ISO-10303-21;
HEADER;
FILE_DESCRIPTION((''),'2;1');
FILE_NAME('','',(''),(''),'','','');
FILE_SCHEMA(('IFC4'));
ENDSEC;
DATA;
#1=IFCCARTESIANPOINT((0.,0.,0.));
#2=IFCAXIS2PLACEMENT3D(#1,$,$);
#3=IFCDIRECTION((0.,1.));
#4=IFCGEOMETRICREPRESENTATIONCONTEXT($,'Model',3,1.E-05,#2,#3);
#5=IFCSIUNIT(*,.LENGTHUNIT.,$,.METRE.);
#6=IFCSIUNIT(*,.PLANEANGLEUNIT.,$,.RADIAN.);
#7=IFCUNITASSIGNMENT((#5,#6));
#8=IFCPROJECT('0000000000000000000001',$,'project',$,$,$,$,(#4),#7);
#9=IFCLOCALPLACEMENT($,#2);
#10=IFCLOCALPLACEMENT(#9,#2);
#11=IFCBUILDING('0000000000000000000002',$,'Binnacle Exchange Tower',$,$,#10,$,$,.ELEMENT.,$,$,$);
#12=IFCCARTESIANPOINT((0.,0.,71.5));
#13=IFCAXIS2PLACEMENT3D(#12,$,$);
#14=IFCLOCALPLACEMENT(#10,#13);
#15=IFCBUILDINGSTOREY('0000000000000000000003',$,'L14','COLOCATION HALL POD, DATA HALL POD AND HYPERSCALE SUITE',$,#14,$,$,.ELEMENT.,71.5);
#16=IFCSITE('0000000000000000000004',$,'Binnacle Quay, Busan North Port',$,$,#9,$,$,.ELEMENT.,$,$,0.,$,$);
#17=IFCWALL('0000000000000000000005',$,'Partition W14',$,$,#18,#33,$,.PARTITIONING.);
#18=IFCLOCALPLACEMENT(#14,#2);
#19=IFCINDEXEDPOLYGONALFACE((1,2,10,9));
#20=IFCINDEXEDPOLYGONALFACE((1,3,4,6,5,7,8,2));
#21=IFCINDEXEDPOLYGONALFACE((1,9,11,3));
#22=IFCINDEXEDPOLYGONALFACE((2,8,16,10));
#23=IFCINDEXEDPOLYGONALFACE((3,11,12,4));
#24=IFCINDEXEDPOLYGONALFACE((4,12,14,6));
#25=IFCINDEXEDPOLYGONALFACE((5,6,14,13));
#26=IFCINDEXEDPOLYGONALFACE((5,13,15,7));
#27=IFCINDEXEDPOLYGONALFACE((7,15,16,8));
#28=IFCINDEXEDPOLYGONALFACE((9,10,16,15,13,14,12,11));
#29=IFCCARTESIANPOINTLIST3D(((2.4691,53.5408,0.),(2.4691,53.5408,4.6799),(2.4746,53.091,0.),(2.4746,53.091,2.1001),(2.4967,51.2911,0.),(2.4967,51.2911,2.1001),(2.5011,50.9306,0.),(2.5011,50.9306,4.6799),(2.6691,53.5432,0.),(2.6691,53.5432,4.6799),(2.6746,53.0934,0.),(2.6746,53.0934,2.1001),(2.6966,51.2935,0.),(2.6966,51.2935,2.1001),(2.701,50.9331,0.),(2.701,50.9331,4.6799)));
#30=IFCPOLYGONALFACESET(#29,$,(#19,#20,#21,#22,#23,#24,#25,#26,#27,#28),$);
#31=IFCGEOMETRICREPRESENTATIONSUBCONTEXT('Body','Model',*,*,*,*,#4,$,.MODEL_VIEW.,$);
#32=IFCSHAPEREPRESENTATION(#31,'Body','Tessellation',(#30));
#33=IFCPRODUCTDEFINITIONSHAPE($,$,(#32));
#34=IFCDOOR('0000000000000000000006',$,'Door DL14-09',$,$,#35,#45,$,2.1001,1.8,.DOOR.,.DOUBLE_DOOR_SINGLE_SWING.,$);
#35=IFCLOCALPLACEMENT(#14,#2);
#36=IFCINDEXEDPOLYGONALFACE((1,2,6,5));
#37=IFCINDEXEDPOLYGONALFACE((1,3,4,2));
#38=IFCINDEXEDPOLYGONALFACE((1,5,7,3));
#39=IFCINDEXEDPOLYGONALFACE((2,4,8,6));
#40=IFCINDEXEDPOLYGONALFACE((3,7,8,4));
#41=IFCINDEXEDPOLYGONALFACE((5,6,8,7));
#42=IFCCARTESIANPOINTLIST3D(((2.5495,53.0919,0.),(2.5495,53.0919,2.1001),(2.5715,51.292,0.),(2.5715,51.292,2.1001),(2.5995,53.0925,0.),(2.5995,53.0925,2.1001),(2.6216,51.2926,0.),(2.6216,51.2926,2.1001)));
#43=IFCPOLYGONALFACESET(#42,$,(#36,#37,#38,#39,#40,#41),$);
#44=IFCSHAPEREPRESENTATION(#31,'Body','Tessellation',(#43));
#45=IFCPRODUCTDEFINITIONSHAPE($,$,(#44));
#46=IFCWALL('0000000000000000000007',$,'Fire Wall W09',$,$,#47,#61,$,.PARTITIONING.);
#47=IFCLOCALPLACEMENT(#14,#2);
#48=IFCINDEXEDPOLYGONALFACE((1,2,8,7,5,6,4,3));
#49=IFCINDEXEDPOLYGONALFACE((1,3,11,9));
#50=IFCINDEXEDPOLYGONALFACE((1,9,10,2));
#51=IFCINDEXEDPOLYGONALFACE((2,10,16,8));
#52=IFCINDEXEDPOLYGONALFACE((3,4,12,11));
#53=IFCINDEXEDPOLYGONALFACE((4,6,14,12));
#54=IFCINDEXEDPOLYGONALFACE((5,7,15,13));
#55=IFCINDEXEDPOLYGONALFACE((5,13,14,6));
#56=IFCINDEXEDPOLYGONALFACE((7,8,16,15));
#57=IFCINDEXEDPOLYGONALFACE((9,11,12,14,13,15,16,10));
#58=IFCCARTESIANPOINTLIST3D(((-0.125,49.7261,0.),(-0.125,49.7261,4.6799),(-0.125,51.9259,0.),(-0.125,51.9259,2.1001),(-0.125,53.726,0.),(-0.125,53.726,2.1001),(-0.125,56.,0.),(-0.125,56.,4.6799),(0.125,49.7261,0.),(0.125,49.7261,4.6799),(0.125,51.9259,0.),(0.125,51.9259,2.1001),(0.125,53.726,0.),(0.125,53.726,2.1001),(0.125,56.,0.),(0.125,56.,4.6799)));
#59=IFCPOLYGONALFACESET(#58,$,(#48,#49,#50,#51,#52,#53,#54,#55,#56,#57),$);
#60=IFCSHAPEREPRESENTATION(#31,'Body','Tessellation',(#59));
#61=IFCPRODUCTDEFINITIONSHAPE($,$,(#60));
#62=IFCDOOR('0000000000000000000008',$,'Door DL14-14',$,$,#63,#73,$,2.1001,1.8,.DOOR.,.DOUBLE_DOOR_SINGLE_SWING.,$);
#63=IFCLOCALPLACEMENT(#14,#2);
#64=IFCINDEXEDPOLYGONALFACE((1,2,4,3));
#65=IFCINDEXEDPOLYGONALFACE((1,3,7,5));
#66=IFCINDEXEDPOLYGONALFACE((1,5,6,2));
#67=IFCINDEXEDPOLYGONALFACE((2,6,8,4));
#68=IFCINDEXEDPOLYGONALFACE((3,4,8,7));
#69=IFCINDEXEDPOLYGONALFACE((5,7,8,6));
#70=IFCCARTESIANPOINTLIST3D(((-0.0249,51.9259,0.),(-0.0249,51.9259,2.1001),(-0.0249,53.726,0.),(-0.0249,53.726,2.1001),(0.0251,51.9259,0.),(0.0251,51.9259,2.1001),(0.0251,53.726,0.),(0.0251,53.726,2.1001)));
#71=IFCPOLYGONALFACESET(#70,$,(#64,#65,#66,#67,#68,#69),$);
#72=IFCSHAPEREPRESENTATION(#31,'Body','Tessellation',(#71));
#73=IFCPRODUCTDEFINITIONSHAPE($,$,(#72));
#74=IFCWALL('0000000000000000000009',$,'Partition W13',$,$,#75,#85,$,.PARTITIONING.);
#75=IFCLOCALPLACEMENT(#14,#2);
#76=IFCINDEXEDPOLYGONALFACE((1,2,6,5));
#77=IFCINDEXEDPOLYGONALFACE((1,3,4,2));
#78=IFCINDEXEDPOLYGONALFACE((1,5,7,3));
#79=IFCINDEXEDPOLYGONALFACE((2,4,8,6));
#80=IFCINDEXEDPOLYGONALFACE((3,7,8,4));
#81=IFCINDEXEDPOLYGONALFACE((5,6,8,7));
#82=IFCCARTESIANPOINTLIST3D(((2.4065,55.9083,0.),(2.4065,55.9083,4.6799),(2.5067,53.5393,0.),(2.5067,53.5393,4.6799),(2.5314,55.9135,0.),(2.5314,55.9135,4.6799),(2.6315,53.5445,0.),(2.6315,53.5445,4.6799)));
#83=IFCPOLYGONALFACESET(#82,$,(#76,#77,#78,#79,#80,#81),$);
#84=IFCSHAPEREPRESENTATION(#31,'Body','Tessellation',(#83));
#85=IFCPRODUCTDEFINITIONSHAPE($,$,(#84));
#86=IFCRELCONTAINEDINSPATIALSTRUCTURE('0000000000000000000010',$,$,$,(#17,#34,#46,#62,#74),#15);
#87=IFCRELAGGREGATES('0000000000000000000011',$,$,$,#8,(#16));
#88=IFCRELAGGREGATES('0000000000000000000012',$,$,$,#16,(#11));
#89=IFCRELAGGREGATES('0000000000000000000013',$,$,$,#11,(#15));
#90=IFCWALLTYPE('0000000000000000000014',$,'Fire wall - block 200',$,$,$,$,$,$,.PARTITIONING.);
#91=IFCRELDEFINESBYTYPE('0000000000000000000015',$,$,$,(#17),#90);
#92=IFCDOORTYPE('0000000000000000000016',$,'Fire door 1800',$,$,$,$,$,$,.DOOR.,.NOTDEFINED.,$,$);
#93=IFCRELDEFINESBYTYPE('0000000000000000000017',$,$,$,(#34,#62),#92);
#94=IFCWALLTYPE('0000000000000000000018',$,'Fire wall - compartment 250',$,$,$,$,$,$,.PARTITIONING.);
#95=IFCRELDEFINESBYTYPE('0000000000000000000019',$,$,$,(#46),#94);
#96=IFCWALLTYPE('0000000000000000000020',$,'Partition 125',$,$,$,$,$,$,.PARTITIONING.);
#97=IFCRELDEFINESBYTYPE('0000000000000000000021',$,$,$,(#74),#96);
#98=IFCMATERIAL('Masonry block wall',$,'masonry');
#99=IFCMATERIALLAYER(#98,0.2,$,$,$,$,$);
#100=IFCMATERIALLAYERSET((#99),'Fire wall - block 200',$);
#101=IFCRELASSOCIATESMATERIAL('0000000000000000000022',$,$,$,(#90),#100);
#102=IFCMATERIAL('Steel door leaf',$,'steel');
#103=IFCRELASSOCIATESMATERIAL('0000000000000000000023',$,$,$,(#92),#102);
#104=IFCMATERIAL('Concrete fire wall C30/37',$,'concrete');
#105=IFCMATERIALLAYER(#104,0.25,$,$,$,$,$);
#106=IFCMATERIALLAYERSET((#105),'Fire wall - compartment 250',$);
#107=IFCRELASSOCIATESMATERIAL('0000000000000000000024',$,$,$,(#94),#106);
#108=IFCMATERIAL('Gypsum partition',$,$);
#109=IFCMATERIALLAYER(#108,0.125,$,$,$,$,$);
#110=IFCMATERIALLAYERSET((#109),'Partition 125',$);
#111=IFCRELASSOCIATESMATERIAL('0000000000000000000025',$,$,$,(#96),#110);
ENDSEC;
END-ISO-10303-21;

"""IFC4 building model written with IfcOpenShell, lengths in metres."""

from ifc_helpers import new_model, si_unit, direction, frame, frame_2d, origin, place, context, subcontext, project, spatial, rectangle, extrude, material, layer, layer_set, type_object, element, fill, save


model = new_model("IFC4")

# Units and contexts
model_context = context("Model", 3, precision=1e-05, world=origin(), true_north=direction((0.0, 1.0)))
body_context = subcontext(model_context, "Body", "Model", "MODEL_VIEW")
ifc_project = project(units=[si_unit("LENGTHUNIT", "METRE"), si_unit("PLANEANGLEUNIT", "RADIAN")], contexts=[model_context])

# Site, building, storey
site_placement = place(None, origin())
site = spatial("IfcSite", under=ifc_project, at=site_placement, Name="Binnacle Quay, Busan North Port", CompositionType="ELEMENT", RefElevation=0.0)
building_placement = place(site_placement, origin())
building = spatial("IfcBuilding", under=site, at=building_placement, Name="Binnacle Exchange Tower", CompositionType="ELEMENT")
storey_placement = place(building_placement, frame((0.0, 0.0, 71.5)))
storey = spatial("IfcBuildingStorey", under=building, at=storey_placement, Name="L14", Description="COLOCATION HALL POD, DATA HALL POD AND HYPERSCALE SUITE", CompositionType="ELEMENT", Elevation=71.5)

# Shared definitions
ifc_material_1 = material(Name="Steel door leaf", Category="steel")

# Shared definitions
ifc_material_2 = material(Name="Masonry block wall", Category="masonry")
ifc_layer_1 = layer(ifc_material_2, 0.2)
ifc_layer_set_1 = layer_set([ifc_layer_1], Name="Fire wall - block 200")
wall_type_1 = type_object("IfcWallType", Name="Fire wall - block 200", PredefinedType="PARTITIONING", material=ifc_layer_set_1)

# Shared definitions
door_type_1 = type_object("IfcDoorType", Name="Fire door 1800", OperationType="NOTDEFINED", PredefinedType="DOOR", material=ifc_material_1)

# Walls, openings, doors
wall_1_placement = place(storey_placement, frame((2.5691, 53.542, 0.0), z_axis=(0.0, 0.0, 1.0), x_axis=(0.012252, -0.999925, 0.0)))
wall_1 = element("IfcWall", 1, at=wall_1_placement, inside=storey, type_object=wall_type_1, Name="Partition W14", PredefinedType="PARTITIONING", context=body_context, shape_type="SweptSolid", body=[
    extrude(rectangle(XDim=2.6104, YDim=0.2, at=frame_2d((1.3052, 0.0))), origin(), (0.0, 0.0, 1.0), 4.6799),
])
opening_1_placement = place(wall_1_placement, frame((0.45, 0.0, 0.0)))
opening_1 = element("IfcOpeningElement", 2, at=opening_1_placement, cuts=wall_1, PredefinedType="OPENING", context=body_context, shape_type="SweptSolid", body=[
    extrude(rectangle(XDim=1.8, YDim=2.1001, at=frame_2d((0.8999, 1.05))), frame((0.0, 0.1099, 0.0), z_axis=(0.0, -1.0, 0.0), x_axis=(1.0, 0.0, 0.0)), (0.0, 0.0, 1.0), 0.22),
])
door_1_placement = place(opening_1_placement, origin())
door_1 = element("IfcDoor", 3, at=door_1_placement, inside=storey, type_object=door_type_1, Name="Door DL14-09", OperationType="DOUBLE_DOOR_SINGLE_SWING", OverallHeight=2.1001, OverallWidth=1.8, PredefinedType="DOOR", context=body_context, shape_type="SweptSolid", body=[
    extrude(rectangle(XDim=1.8, YDim=2.1001, at=frame_2d((0.8999, 1.05))), frame((0.0, 0.0249, 0.0), z_axis=(0.0, -1.0, 0.0), x_axis=(1.0, 0.0, 0.0)), (0.0, 0.0, 1.0), 0.05),
])
fill(opening_1, door_1)
ifc_material_3 = material(Name="Concrete fire wall C30/37", Category="concrete")
ifc_layer_2 = layer(ifc_material_3, 0.25)
ifc_layer_set_2 = layer_set([ifc_layer_2], Name="Fire wall - compartment 250")
wall_type_2 = type_object("IfcWallType", Name="Fire wall - compartment 250", PredefinedType="PARTITIONING", material=ifc_layer_set_2)
wall_2_placement = place(storey_placement, frame((0.0, 49.7261, 0.0), z_axis=(0.0, 0.0, 1.0), x_axis=(0.0, 1.0, 0.0)))
wall_2 = element("IfcWall", 4, at=wall_2_placement, inside=storey, type_object=wall_type_2, Name="Fire Wall W09", PredefinedType="PARTITIONING", context=body_context, shape_type="SweptSolid", body=[
    extrude(rectangle(XDim=6.2739, YDim=0.25, at=frame_2d((3.137, 0.0))), origin(), (0.0, 0.0, 1.0), 4.6799),
])
opening_2_placement = place(wall_2_placement, frame((2.2, 0.0, 0.0)))
opening_2 = element("IfcOpeningElement", 5, at=opening_2_placement, cuts=wall_2, PredefinedType="OPENING", context=body_context, shape_type="SweptSolid", body=[
    extrude(rectangle(XDim=1.8, YDim=2.1001, at=frame_2d((0.8999, 1.05))), frame((0.0, 0.135, 0.0), z_axis=(0.0, -1.0, 0.0), x_axis=(1.0, 0.0, 0.0)), (0.0, 0.0, 1.0), 0.27),
])
door_2_placement = place(opening_2_placement, origin())
door_2 = element("IfcDoor", 6, at=door_2_placement, inside=storey, type_object=door_type_1, Name="Door DL14-14", OperationType="DOUBLE_DOOR_SINGLE_SWING", OverallHeight=2.1001, OverallWidth=1.8, PredefinedType="DOOR", context=body_context, shape_type="SweptSolid", body=[
    extrude(rectangle(XDim=1.8, YDim=2.1001, at=frame_2d((0.8999, 1.05))), frame((0.0, 0.0249, 0.0), z_axis=(0.0, -1.0, 0.0), x_axis=(1.0, 0.0, 0.0)), (0.0, 0.0, 1.0), 0.05),
])
fill(opening_2, door_2)

# Wall
ifc_material_4 = material(Name="Gypsum partition")
ifc_layer_3 = layer(ifc_material_4, 0.125)
ifc_layer_set_3 = layer_set([ifc_layer_3], Name="Partition 125")
wall_type_3 = type_object("IfcWallType", Name="Partition 125", PredefinedType="PARTITIONING", material=ifc_layer_set_3)
wall_3_placement = place(storey_placement, frame((2.469, 55.9109, 0.0), z_axis=(0.0, 0.0, 1.0), x_axis=(0.042217, -0.999108, 0.0)))
element("IfcWall", 7, at=wall_3_placement, inside=storey, type_object=wall_type_3, Name="Partition W13", PredefinedType="PARTITIONING", context=body_context, shape_type="SweptSolid", body=[
    extrude(rectangle(XDim=2.3711, YDim=0.125, at=frame_2d((1.1855, 0.0))), origin(), (0.0, 0.0, 1.0), 4.6799),
])

save(model, "model.ifc")
